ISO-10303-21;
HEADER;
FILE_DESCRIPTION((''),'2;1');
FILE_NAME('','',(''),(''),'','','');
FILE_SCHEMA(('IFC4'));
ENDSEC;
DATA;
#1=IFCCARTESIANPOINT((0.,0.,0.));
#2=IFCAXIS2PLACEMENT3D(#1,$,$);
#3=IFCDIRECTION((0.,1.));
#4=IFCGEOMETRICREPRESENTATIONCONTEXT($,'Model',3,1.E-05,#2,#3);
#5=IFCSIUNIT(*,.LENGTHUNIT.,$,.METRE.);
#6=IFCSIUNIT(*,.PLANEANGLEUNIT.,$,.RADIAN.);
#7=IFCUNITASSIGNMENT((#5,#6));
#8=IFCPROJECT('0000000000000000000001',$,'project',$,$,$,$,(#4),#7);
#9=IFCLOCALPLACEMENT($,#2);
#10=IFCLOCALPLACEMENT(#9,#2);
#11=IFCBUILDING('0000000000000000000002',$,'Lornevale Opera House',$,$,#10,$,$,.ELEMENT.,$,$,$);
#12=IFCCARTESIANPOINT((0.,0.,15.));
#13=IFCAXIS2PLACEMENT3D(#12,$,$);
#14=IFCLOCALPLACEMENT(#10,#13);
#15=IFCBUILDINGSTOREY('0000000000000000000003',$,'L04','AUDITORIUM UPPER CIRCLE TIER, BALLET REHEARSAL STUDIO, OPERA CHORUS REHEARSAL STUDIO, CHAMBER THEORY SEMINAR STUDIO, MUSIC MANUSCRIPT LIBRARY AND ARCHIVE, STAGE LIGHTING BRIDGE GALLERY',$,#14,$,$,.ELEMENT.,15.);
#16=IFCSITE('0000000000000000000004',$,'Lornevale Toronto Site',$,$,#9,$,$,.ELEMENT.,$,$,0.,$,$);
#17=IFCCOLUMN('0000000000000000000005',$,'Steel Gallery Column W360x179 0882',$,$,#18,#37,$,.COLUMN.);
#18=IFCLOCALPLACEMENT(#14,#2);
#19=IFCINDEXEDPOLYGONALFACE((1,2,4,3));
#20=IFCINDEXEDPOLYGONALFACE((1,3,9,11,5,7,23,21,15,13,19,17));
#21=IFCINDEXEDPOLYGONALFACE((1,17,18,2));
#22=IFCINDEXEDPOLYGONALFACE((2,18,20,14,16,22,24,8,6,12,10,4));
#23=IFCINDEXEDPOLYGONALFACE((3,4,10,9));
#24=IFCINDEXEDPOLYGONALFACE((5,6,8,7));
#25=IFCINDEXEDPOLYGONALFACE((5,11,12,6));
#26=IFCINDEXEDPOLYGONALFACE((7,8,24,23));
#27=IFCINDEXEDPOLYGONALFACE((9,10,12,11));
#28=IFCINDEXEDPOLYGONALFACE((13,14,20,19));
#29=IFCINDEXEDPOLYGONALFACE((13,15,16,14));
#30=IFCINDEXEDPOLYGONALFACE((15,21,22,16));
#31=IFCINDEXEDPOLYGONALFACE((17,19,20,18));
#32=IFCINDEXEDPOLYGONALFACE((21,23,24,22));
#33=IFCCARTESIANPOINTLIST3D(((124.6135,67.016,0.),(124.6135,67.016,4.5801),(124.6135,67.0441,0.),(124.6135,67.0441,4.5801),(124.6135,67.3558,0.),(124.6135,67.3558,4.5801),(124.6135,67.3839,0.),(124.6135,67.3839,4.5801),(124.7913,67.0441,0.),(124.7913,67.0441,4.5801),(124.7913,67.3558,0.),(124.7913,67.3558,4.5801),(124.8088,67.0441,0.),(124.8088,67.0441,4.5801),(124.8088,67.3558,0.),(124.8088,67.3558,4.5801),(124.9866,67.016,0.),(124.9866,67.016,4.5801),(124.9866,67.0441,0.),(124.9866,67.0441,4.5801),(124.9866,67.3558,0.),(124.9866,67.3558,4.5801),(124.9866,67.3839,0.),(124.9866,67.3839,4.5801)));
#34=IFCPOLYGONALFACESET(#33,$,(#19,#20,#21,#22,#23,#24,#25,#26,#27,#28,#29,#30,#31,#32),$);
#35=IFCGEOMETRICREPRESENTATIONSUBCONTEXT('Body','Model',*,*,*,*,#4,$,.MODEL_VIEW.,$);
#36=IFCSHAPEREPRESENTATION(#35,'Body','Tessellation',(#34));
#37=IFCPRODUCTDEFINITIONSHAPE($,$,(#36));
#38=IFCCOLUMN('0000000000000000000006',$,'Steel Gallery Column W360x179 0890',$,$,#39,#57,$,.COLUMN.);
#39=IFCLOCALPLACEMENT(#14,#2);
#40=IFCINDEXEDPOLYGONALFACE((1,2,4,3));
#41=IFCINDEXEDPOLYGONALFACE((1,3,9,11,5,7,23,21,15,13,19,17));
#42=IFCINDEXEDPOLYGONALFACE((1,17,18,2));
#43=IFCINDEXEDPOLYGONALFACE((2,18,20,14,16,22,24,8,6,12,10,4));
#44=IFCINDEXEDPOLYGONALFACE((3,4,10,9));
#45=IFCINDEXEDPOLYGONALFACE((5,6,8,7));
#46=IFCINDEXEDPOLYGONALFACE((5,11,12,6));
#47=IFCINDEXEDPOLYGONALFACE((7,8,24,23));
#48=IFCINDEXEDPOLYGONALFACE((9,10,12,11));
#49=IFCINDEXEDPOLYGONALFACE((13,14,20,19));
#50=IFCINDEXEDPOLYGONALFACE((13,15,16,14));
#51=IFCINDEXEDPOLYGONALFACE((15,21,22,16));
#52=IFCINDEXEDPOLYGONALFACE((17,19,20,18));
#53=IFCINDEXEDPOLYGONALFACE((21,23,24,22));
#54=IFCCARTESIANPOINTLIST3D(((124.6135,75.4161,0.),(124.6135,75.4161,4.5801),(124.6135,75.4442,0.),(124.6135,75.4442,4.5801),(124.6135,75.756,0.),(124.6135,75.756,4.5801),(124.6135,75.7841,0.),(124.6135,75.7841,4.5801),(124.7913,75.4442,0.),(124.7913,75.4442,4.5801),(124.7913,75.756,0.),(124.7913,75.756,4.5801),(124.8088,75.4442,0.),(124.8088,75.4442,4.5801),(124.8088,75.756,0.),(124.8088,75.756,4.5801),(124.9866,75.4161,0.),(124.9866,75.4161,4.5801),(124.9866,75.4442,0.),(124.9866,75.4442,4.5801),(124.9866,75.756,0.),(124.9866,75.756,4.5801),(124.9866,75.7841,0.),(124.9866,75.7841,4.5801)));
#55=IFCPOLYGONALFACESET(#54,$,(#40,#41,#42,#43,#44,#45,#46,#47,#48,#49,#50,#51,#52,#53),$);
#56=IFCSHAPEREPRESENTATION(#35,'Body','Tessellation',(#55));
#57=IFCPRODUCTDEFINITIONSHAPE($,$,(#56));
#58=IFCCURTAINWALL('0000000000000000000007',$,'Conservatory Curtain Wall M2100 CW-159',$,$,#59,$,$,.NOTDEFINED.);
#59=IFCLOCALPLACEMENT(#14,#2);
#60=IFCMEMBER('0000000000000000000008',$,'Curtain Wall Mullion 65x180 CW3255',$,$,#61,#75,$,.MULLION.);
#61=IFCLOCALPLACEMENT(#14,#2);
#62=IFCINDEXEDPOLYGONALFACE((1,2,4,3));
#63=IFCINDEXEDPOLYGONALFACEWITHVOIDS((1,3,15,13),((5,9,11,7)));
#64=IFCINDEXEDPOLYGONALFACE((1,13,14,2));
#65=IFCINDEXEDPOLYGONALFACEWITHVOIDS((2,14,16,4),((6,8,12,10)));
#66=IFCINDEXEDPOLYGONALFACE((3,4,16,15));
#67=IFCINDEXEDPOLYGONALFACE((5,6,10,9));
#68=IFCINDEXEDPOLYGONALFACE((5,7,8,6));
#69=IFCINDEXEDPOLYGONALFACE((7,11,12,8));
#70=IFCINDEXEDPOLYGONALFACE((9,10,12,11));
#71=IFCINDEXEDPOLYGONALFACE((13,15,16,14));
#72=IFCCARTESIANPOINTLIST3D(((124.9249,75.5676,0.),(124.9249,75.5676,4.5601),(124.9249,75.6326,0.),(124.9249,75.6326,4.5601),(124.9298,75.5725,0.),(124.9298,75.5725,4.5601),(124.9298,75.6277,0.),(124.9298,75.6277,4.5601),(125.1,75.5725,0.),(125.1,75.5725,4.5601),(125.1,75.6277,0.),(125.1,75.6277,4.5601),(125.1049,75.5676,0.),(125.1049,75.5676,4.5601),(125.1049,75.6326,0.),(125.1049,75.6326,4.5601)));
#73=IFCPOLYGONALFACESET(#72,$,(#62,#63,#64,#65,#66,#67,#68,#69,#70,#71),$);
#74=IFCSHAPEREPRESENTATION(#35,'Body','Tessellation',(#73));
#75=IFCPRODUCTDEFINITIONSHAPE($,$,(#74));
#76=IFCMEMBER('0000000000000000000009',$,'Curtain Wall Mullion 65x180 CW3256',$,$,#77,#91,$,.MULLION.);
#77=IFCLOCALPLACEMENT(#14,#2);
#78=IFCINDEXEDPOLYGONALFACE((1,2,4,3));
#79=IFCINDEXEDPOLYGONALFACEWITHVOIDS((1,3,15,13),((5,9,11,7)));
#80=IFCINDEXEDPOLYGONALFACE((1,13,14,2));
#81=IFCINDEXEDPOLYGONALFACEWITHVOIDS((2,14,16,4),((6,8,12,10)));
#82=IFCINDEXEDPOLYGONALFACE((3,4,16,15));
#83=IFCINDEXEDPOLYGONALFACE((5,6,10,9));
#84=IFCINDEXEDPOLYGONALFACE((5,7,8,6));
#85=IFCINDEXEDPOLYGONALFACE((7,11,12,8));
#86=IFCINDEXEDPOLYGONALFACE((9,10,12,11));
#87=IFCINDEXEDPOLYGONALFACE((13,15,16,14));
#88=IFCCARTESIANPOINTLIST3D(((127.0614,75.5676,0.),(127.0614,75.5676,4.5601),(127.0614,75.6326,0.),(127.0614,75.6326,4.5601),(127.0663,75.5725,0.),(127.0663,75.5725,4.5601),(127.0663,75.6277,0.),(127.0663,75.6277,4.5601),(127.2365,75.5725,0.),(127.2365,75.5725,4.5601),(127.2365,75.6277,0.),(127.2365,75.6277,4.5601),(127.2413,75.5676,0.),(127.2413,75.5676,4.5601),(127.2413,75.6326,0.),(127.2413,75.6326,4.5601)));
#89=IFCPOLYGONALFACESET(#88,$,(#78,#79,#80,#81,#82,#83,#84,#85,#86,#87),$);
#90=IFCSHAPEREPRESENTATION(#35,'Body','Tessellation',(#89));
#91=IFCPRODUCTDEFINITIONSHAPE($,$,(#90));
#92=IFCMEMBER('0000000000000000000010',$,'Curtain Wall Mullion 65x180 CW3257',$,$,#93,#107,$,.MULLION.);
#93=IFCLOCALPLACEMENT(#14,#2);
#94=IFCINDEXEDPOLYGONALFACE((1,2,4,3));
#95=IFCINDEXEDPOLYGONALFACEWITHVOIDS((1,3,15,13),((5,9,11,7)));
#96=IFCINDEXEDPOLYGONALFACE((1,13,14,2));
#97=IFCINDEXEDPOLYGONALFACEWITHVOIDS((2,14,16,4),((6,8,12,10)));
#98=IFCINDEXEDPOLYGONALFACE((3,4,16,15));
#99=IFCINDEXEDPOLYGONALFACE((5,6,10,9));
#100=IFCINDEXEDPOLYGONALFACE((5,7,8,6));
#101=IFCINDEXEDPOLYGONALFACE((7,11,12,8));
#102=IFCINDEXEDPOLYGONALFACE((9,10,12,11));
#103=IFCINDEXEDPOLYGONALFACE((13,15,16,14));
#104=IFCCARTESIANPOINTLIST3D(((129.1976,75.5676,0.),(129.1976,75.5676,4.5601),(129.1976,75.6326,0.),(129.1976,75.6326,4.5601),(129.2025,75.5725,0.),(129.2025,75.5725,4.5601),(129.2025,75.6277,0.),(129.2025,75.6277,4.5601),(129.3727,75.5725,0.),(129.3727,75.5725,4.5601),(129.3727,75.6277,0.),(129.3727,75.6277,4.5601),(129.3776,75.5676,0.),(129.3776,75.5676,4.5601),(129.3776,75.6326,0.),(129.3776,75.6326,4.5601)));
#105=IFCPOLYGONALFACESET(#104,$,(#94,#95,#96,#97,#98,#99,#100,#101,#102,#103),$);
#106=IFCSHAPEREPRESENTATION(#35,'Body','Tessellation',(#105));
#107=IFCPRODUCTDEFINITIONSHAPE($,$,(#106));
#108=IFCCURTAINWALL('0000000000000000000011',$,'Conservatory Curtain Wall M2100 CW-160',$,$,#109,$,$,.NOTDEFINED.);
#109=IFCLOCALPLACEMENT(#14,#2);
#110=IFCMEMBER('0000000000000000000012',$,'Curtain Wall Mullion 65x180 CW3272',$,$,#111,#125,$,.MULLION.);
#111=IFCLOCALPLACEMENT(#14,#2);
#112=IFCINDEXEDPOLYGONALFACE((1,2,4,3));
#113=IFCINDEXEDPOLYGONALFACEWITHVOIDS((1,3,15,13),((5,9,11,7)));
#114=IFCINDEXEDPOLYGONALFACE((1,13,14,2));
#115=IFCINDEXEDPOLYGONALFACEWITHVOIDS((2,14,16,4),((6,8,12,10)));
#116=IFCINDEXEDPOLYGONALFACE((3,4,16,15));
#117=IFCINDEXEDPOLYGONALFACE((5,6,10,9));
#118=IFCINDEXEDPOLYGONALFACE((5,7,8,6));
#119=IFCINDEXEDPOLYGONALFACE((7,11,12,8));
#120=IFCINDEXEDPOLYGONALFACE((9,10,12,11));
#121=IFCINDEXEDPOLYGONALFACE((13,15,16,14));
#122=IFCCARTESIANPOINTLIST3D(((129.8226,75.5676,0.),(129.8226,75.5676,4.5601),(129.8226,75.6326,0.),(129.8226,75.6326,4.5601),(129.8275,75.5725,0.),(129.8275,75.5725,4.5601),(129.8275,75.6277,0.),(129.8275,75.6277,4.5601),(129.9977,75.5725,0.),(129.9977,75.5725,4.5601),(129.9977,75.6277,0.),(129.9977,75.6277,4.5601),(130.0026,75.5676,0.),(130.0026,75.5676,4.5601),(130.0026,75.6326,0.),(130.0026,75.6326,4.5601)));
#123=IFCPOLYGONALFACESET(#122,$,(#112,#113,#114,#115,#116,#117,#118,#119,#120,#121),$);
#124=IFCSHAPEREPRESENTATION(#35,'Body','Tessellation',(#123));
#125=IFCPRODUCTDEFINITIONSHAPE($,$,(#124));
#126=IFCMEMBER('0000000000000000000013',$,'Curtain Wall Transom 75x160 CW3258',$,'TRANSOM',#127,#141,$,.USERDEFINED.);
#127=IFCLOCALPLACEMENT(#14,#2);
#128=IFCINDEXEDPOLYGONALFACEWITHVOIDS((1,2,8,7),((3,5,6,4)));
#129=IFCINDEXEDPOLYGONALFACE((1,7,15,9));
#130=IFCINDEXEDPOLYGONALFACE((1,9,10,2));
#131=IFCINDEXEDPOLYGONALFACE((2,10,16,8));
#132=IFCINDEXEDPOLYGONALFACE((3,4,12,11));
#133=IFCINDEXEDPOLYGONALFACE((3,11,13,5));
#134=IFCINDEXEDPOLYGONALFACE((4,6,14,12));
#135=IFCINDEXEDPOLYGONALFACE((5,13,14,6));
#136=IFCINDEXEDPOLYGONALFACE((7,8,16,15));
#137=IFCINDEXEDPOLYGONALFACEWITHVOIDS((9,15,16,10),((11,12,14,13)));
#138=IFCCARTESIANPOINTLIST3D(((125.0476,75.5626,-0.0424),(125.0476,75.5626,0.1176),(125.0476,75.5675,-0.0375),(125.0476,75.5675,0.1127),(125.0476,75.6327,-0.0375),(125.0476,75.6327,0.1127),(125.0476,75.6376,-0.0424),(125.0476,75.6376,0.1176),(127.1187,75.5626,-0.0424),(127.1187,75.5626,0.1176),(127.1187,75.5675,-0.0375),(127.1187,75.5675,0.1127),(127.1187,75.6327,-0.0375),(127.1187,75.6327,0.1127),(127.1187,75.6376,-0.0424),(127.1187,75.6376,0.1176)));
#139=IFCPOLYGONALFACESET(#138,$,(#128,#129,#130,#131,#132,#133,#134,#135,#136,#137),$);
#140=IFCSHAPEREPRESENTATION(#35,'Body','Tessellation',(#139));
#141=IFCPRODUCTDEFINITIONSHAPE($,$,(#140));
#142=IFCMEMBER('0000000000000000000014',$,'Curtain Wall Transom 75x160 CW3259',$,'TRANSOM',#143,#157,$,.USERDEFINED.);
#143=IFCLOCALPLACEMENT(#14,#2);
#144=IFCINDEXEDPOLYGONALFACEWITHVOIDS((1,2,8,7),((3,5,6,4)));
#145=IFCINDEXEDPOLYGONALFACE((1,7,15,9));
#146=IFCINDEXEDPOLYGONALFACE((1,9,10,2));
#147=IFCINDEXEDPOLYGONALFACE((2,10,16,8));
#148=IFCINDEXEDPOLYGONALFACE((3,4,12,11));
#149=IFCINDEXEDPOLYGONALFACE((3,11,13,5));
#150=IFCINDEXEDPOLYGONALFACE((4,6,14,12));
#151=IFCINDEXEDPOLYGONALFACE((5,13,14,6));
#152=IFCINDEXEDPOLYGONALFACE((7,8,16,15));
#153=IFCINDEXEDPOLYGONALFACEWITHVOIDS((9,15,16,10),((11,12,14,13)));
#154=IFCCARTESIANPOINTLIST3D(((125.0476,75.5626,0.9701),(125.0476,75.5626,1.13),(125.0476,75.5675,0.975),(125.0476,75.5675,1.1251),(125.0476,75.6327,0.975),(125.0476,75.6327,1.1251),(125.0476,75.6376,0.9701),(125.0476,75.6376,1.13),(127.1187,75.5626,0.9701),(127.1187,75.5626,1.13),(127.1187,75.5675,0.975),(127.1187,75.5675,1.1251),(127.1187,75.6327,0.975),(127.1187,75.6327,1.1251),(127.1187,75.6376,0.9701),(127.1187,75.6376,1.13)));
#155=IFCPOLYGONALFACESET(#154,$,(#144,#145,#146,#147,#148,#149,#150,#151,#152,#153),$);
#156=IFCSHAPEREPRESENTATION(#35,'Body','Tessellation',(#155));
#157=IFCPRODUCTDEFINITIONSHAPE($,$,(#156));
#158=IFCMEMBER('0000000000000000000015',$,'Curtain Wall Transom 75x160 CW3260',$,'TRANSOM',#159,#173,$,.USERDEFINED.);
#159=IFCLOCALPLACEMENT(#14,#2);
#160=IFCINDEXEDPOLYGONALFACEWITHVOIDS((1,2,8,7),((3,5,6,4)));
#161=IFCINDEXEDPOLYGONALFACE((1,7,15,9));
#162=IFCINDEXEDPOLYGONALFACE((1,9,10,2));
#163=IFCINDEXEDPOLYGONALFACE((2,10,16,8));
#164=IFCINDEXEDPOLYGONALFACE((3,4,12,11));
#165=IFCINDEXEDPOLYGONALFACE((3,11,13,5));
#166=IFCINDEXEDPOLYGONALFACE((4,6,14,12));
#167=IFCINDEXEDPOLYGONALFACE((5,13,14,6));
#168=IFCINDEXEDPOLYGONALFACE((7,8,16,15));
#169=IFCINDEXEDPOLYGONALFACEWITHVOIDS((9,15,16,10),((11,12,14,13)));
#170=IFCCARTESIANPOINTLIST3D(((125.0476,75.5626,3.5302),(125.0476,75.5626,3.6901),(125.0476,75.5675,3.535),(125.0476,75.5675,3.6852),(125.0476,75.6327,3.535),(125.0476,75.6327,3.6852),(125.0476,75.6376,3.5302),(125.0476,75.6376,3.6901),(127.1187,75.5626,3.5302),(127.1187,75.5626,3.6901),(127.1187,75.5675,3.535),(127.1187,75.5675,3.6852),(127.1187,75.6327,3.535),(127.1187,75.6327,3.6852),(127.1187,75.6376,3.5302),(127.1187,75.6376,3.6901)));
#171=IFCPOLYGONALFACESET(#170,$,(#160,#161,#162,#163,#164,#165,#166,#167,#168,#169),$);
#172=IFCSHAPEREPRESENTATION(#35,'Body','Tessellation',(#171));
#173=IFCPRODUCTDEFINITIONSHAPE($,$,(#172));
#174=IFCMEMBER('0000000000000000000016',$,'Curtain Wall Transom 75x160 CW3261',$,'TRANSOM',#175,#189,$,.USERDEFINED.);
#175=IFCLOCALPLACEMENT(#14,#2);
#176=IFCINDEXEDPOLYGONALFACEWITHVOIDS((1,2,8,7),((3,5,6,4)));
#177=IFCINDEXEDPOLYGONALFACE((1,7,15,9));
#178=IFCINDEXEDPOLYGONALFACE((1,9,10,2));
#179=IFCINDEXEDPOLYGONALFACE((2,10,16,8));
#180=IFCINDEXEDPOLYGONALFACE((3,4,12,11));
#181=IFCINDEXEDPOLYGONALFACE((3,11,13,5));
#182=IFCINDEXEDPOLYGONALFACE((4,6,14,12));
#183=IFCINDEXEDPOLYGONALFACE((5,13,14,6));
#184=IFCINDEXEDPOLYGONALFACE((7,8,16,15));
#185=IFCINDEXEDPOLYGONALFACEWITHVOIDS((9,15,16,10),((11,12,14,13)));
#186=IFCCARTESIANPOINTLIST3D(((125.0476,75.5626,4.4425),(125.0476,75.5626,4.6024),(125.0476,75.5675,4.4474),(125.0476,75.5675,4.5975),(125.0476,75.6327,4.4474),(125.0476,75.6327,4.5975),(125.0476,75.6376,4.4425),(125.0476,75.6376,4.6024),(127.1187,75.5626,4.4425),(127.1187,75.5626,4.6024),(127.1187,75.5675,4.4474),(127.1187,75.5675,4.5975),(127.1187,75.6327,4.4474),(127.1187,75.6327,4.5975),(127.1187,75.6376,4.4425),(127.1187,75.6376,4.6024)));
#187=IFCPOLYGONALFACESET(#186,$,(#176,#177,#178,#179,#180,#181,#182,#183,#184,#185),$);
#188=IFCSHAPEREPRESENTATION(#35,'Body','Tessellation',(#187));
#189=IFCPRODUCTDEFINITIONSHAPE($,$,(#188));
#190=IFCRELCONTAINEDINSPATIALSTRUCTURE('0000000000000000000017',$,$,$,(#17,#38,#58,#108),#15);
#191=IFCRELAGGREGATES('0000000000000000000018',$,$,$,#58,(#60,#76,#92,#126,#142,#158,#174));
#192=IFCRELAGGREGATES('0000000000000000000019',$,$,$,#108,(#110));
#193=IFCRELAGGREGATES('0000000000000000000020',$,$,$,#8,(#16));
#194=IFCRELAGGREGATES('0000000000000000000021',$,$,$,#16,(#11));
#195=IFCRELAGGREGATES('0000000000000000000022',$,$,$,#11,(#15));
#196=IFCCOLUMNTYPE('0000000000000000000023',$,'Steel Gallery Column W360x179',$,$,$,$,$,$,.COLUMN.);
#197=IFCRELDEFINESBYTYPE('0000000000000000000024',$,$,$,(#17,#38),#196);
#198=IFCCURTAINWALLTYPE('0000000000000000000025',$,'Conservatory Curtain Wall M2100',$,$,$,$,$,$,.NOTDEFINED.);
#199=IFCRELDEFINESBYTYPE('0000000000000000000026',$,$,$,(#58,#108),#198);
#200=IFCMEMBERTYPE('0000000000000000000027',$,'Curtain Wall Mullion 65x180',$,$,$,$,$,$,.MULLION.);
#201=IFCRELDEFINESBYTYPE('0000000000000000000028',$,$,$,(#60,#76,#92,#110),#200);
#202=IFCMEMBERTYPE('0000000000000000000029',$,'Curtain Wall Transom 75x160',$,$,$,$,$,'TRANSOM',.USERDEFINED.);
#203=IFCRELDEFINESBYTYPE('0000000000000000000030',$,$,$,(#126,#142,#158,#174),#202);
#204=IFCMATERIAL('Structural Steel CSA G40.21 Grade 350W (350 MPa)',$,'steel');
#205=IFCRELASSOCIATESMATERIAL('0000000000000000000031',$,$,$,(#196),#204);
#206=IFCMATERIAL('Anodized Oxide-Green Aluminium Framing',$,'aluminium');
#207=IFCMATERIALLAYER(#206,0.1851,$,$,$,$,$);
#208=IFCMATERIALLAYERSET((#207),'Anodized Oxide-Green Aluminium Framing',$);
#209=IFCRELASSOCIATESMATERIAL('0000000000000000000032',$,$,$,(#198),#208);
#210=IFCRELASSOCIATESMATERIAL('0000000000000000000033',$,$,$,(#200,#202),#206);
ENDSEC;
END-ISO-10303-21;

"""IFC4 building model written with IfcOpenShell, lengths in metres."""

from ifc_helpers import new_model, si_unit, direction, frame, origin, origin_2d, place, context, subcontext, project, spatial, hollow_rectangle, i_section, extrude, material, layer, layer_set, material_profile, profile_set, type_object, element, aggregate, save


model = new_model("IFC4")

# Units and contexts
model_context = context("Model", 3, precision=1e-05, world=origin(), true_north=direction((0.0, 1.0)))
body_context = subcontext(model_context, "Body", "Model", "MODEL_VIEW")
ifc_project = project(units=[si_unit("LENGTHUNIT", "METRE"), si_unit("PLANEANGLEUNIT", "RADIAN")], contexts=[model_context])

# Site, building, storey
site_placement = place(None, origin())
site = spatial("IfcSite", under=ifc_project, at=site_placement, Name="Lornevale Toronto Site", CompositionType="ELEMENT", RefElevation=0.0)
building_placement = place(site_placement, origin())
building = spatial("IfcBuilding", under=site, at=building_placement, Name="Lornevale Opera House", CompositionType="ELEMENT")
storey_placement = place(building_placement, frame((0.0, 0.0, 15.0)))
storey = spatial("IfcBuildingStorey", under=building, at=storey_placement, Name="L04", Description="AUDITORIUM UPPER CIRCLE TIER, BALLET REHEARSAL STUDIO, OPERA CHORUS REHEARSAL STUDIO, CHAMBER THEORY SEMINAR STUDIO, MUSIC MANUSCRIPT LIBRARY AND ARCHIVE, STAGE LIGHTING BRIDGE GALLERY", CompositionType="ELEMENT", Elevation=15.0)

# Columns
ifc_material_1 = material(Name="Structural Steel CSA G40.21 Grade 350W (350 MPa)", Category="steel")
ifc_material_profile_1 = material_profile(ifc_material_1, i_section(OverallWidth=0.373, OverallDepth=0.3679, WebThickness=0.0176, FlangeThickness=0.0281, at=origin_2d()), Name="W360x179")
ifc_profile_set_1 = profile_set([ifc_material_profile_1], Name="Structural Steel CSA G40.21 Grade 350W (350 MPa)")
column_type = type_object("IfcColumnType", Name="Steel Gallery Column W360x179", PredefinedType="COLUMN", material=ifc_profile_set_1)
for number, where, z_axis, x_axis, name in (
    (1, (124.8, 67.2, 0.0), (0.0, 0.0, 1.0), (1.0, 0.0, 0.0), "Steel Gallery Column W360x179 0882"),
    (2, (124.8, 75.6001, 0.0), (0.0, 0.0, 1.0), (1.0, 0.0, 0.0), "Steel Gallery Column W360x179 0890"),
):
    element("IfcColumn", number, at=place(storey_placement, frame(where, z_axis=z_axis, x_axis=x_axis)), inside=storey, type_object=column_type, Name=name, PredefinedType="COLUMN", context=body_context, shape_type="SweptSolid", body=[
        extrude(i_section(OverallWidth=0.373, OverallDepth=0.3679, WebThickness=0.0176, FlangeThickness=0.0281, at=origin_2d()), origin(), (0.0, 0.0, 1.0), 4.5801),
    ])

# Curtain wall, members
ifc_material_2 = material(Name="Anodized Oxide-Green Aluminium Framing", Category="aluminium")
ifc_layer_1 = layer(ifc_material_2, 0.1851)
ifc_layer_set_1 = layer_set([ifc_layer_1], Name="Anodized Oxide-Green Aluminium Framing")
curtain_wall_type = type_object("IfcCurtainWallType", Name="Conservatory Curtain Wall M2100", PredefinedType="NOTDEFINED", material=ifc_layer_set_1)
curtain_wall_1_placement = place(storey_placement, origin())
curtain_wall_1 = element("IfcCurtainWall", 3, at=curtain_wall_1_placement, inside=storey, type_object=curtain_wall_type, Name="Conservatory Curtain Wall M2100 CW-159", PredefinedType="NOTDEFINED")
ifc_material_profile_2 = material_profile(ifc_material_2, hollow_rectangle(XDim=0.0649, YDim=0.1799, WallThickness=0.0049, at=origin_2d()), Name="ALU65x180x5")
ifc_profile_set_2 = profile_set([ifc_material_profile_2], Name="Anodized Oxide-Green Aluminium Framing")
member_type_1 = type_object("IfcMemberType", Name="Curtain Wall Mullion 65x180", PredefinedType="MULLION", material=ifc_profile_set_2)
member_1_placement = place(storey_placement, frame((125.0149, 75.6001, 0.0), z_axis=(0.0, 0.0, 1.0), x_axis=(0.0, 1.0, 0.0)))
member_1 = element("IfcMember", 4, at=member_1_placement, type_object=member_type_1, Name="Curtain Wall Mullion 65x180 CW3255", PredefinedType="MULLION", context=body_context, shape_type="SweptSolid", body=[
    extrude(hollow_rectangle(XDim=0.0649, YDim=0.1799, WallThickness=0.0049, at=origin_2d()), origin(), (0.0, 0.0, 1.0), 4.5601),
])
member_2_placement = place(storey_placement, frame((127.1514, 75.6001, 0.0), z_axis=(0.0, 0.0, 1.0), x_axis=(0.0, 1.0, 0.0)))
member_2 = element("IfcMember", 5, at=member_2_placement, type_object=member_type_1, Name="Curtain Wall Mullion 65x180 CW3256", PredefinedType="MULLION", context=body_context, shape_type="SweptSolid", body=[
    extrude(hollow_rectangle(XDim=0.0649, YDim=0.1799, WallThickness=0.0049, at=origin_2d()), origin(), (0.0, 0.0, 1.0), 4.5601),
])
member_3_placement = place(storey_placement, frame((129.2876, 75.6001, 0.0), z_axis=(0.0, 0.0, 1.0), x_axis=(0.0, 1.0, 0.0)))
member_3 = element("IfcMember", 6, at=member_3_placement, type_object=member_type_1, Name="Curtain Wall Mullion 65x180 CW3257", PredefinedType="MULLION", context=body_context, shape_type="SweptSolid", body=[
    extrude(hollow_rectangle(XDim=0.0649, YDim=0.1799, WallThickness=0.0049, at=origin_2d()), origin(), (0.0, 0.0, 1.0), 4.5601),
])

# Curtain wall, member
curtain_wall_2_placement = place(storey_placement, origin())
curtain_wall_2 = element("IfcCurtainWall", 7, at=curtain_wall_2_placement, inside=storey, type_object=curtain_wall_type, Name="Conservatory Curtain Wall M2100 CW-160", PredefinedType="NOTDEFINED")
member_4_placement = place(storey_placement, frame((129.9126, 75.6001, 0.0), z_axis=(0.0, 0.0, 1.0), x_axis=(0.0, 1.0, 0.0)))
member_4 = element("IfcMember", 8, at=member_4_placement, type_object=member_type_1, Name="Curtain Wall Mullion 65x180 CW3272", PredefinedType="MULLION", context=body_context, shape_type="SweptSolid", body=[
    extrude(hollow_rectangle(XDim=0.0649, YDim=0.1799, WallThickness=0.0049, at=origin_2d()), origin(), (0.0, 0.0, 1.0), 4.5601),
])

# Members
ifc_material_profile_3 = material_profile(ifc_material_2, hollow_rectangle(XDim=0.075, YDim=0.1599, WallThickness=0.0049, at=origin_2d()), Name="ALU75x160x5")
ifc_profile_set_3 = profile_set([ifc_material_profile_3], Name="Anodized Oxide-Green Aluminium Framing")
member_type_2 = type_object("IfcMemberType", Name="Curtain Wall Transom 75x160", ElementType="TRANSOM", PredefinedType="USERDEFINED", material=ifc_profile_set_3)
member_5_placement = place(storey_placement, frame((125.0476, 75.6001, 0.0376), z_axis=(1.0, 0.0, 0.0), x_axis=(0.0, 1.0, 0.0)))
member_5 = element("IfcMember", 9, at=member_5_placement, type_object=member_type_2, Name="Curtain Wall Transom 75x160 CW3258", ObjectType="TRANSOM", PredefinedType="USERDEFINED", context=body_context, shape_type="SweptSolid", body=[
    extrude(hollow_rectangle(XDim=0.075, YDim=0.1599, WallThickness=0.0049, at=origin_2d()), origin(), (0.0, 0.0, 1.0), 2.071),
])
member_6_placement = place(storey_placement, frame((125.0476, 75.6001, 1.05), z_axis=(1.0, 0.0, 0.0), x_axis=(0.0, 1.0, 0.0)))
member_6 = element("IfcMember", 10, at=member_6_placement, type_object=member_type_2, Name="Curtain Wall Transom 75x160 CW3259", ObjectType="TRANSOM", PredefinedType="USERDEFINED", context=body_context, shape_type="SweptSolid", body=[
    extrude(hollow_rectangle(XDim=0.075, YDim=0.1599, WallThickness=0.0049, at=origin_2d()), origin(), (0.0, 0.0, 1.0), 2.071),
])
member_7_placement = place(storey_placement, frame((125.0476, 75.6001, 3.6101), z_axis=(1.0, 0.0, 0.0), x_axis=(0.0, 1.0, 0.0)))
member_7 = element("IfcMember", 11, at=member_7_placement, type_object=member_type_2, Name="Curtain Wall Transom 75x160 CW3260", ObjectType="TRANSOM", PredefinedType="USERDEFINED", context=body_context, shape_type="SweptSolid", body=[
    extrude(hollow_rectangle(XDim=0.075, YDim=0.1599, WallThickness=0.0049, at=origin_2d()), origin(), (0.0, 0.0, 1.0), 2.071),
])
member_8_placement = place(storey_placement, frame((125.0476, 75.6001, 4.5225), z_axis=(1.0, 0.0, 0.0), x_axis=(0.0, 1.0, 0.0)))
member_8 = element("IfcMember", 12, at=member_8_placement, type_object=member_type_2, Name="Curtain Wall Transom 75x160 CW3261", ObjectType="TRANSOM", PredefinedType="USERDEFINED", context=body_context, shape_type="SweptSolid", body=[
    extrude(hollow_rectangle(XDim=0.075, YDim=0.1599, WallThickness=0.0049, at=origin_2d()), origin(), (0.0, 0.0, 1.0), 2.071),
])

aggregate(curtain_wall_1, [member_1, member_2, member_3, member_5, member_6, member_7, member_8])
aggregate(curtain_wall_2, [member_4])

save(model, "model.ifc")
